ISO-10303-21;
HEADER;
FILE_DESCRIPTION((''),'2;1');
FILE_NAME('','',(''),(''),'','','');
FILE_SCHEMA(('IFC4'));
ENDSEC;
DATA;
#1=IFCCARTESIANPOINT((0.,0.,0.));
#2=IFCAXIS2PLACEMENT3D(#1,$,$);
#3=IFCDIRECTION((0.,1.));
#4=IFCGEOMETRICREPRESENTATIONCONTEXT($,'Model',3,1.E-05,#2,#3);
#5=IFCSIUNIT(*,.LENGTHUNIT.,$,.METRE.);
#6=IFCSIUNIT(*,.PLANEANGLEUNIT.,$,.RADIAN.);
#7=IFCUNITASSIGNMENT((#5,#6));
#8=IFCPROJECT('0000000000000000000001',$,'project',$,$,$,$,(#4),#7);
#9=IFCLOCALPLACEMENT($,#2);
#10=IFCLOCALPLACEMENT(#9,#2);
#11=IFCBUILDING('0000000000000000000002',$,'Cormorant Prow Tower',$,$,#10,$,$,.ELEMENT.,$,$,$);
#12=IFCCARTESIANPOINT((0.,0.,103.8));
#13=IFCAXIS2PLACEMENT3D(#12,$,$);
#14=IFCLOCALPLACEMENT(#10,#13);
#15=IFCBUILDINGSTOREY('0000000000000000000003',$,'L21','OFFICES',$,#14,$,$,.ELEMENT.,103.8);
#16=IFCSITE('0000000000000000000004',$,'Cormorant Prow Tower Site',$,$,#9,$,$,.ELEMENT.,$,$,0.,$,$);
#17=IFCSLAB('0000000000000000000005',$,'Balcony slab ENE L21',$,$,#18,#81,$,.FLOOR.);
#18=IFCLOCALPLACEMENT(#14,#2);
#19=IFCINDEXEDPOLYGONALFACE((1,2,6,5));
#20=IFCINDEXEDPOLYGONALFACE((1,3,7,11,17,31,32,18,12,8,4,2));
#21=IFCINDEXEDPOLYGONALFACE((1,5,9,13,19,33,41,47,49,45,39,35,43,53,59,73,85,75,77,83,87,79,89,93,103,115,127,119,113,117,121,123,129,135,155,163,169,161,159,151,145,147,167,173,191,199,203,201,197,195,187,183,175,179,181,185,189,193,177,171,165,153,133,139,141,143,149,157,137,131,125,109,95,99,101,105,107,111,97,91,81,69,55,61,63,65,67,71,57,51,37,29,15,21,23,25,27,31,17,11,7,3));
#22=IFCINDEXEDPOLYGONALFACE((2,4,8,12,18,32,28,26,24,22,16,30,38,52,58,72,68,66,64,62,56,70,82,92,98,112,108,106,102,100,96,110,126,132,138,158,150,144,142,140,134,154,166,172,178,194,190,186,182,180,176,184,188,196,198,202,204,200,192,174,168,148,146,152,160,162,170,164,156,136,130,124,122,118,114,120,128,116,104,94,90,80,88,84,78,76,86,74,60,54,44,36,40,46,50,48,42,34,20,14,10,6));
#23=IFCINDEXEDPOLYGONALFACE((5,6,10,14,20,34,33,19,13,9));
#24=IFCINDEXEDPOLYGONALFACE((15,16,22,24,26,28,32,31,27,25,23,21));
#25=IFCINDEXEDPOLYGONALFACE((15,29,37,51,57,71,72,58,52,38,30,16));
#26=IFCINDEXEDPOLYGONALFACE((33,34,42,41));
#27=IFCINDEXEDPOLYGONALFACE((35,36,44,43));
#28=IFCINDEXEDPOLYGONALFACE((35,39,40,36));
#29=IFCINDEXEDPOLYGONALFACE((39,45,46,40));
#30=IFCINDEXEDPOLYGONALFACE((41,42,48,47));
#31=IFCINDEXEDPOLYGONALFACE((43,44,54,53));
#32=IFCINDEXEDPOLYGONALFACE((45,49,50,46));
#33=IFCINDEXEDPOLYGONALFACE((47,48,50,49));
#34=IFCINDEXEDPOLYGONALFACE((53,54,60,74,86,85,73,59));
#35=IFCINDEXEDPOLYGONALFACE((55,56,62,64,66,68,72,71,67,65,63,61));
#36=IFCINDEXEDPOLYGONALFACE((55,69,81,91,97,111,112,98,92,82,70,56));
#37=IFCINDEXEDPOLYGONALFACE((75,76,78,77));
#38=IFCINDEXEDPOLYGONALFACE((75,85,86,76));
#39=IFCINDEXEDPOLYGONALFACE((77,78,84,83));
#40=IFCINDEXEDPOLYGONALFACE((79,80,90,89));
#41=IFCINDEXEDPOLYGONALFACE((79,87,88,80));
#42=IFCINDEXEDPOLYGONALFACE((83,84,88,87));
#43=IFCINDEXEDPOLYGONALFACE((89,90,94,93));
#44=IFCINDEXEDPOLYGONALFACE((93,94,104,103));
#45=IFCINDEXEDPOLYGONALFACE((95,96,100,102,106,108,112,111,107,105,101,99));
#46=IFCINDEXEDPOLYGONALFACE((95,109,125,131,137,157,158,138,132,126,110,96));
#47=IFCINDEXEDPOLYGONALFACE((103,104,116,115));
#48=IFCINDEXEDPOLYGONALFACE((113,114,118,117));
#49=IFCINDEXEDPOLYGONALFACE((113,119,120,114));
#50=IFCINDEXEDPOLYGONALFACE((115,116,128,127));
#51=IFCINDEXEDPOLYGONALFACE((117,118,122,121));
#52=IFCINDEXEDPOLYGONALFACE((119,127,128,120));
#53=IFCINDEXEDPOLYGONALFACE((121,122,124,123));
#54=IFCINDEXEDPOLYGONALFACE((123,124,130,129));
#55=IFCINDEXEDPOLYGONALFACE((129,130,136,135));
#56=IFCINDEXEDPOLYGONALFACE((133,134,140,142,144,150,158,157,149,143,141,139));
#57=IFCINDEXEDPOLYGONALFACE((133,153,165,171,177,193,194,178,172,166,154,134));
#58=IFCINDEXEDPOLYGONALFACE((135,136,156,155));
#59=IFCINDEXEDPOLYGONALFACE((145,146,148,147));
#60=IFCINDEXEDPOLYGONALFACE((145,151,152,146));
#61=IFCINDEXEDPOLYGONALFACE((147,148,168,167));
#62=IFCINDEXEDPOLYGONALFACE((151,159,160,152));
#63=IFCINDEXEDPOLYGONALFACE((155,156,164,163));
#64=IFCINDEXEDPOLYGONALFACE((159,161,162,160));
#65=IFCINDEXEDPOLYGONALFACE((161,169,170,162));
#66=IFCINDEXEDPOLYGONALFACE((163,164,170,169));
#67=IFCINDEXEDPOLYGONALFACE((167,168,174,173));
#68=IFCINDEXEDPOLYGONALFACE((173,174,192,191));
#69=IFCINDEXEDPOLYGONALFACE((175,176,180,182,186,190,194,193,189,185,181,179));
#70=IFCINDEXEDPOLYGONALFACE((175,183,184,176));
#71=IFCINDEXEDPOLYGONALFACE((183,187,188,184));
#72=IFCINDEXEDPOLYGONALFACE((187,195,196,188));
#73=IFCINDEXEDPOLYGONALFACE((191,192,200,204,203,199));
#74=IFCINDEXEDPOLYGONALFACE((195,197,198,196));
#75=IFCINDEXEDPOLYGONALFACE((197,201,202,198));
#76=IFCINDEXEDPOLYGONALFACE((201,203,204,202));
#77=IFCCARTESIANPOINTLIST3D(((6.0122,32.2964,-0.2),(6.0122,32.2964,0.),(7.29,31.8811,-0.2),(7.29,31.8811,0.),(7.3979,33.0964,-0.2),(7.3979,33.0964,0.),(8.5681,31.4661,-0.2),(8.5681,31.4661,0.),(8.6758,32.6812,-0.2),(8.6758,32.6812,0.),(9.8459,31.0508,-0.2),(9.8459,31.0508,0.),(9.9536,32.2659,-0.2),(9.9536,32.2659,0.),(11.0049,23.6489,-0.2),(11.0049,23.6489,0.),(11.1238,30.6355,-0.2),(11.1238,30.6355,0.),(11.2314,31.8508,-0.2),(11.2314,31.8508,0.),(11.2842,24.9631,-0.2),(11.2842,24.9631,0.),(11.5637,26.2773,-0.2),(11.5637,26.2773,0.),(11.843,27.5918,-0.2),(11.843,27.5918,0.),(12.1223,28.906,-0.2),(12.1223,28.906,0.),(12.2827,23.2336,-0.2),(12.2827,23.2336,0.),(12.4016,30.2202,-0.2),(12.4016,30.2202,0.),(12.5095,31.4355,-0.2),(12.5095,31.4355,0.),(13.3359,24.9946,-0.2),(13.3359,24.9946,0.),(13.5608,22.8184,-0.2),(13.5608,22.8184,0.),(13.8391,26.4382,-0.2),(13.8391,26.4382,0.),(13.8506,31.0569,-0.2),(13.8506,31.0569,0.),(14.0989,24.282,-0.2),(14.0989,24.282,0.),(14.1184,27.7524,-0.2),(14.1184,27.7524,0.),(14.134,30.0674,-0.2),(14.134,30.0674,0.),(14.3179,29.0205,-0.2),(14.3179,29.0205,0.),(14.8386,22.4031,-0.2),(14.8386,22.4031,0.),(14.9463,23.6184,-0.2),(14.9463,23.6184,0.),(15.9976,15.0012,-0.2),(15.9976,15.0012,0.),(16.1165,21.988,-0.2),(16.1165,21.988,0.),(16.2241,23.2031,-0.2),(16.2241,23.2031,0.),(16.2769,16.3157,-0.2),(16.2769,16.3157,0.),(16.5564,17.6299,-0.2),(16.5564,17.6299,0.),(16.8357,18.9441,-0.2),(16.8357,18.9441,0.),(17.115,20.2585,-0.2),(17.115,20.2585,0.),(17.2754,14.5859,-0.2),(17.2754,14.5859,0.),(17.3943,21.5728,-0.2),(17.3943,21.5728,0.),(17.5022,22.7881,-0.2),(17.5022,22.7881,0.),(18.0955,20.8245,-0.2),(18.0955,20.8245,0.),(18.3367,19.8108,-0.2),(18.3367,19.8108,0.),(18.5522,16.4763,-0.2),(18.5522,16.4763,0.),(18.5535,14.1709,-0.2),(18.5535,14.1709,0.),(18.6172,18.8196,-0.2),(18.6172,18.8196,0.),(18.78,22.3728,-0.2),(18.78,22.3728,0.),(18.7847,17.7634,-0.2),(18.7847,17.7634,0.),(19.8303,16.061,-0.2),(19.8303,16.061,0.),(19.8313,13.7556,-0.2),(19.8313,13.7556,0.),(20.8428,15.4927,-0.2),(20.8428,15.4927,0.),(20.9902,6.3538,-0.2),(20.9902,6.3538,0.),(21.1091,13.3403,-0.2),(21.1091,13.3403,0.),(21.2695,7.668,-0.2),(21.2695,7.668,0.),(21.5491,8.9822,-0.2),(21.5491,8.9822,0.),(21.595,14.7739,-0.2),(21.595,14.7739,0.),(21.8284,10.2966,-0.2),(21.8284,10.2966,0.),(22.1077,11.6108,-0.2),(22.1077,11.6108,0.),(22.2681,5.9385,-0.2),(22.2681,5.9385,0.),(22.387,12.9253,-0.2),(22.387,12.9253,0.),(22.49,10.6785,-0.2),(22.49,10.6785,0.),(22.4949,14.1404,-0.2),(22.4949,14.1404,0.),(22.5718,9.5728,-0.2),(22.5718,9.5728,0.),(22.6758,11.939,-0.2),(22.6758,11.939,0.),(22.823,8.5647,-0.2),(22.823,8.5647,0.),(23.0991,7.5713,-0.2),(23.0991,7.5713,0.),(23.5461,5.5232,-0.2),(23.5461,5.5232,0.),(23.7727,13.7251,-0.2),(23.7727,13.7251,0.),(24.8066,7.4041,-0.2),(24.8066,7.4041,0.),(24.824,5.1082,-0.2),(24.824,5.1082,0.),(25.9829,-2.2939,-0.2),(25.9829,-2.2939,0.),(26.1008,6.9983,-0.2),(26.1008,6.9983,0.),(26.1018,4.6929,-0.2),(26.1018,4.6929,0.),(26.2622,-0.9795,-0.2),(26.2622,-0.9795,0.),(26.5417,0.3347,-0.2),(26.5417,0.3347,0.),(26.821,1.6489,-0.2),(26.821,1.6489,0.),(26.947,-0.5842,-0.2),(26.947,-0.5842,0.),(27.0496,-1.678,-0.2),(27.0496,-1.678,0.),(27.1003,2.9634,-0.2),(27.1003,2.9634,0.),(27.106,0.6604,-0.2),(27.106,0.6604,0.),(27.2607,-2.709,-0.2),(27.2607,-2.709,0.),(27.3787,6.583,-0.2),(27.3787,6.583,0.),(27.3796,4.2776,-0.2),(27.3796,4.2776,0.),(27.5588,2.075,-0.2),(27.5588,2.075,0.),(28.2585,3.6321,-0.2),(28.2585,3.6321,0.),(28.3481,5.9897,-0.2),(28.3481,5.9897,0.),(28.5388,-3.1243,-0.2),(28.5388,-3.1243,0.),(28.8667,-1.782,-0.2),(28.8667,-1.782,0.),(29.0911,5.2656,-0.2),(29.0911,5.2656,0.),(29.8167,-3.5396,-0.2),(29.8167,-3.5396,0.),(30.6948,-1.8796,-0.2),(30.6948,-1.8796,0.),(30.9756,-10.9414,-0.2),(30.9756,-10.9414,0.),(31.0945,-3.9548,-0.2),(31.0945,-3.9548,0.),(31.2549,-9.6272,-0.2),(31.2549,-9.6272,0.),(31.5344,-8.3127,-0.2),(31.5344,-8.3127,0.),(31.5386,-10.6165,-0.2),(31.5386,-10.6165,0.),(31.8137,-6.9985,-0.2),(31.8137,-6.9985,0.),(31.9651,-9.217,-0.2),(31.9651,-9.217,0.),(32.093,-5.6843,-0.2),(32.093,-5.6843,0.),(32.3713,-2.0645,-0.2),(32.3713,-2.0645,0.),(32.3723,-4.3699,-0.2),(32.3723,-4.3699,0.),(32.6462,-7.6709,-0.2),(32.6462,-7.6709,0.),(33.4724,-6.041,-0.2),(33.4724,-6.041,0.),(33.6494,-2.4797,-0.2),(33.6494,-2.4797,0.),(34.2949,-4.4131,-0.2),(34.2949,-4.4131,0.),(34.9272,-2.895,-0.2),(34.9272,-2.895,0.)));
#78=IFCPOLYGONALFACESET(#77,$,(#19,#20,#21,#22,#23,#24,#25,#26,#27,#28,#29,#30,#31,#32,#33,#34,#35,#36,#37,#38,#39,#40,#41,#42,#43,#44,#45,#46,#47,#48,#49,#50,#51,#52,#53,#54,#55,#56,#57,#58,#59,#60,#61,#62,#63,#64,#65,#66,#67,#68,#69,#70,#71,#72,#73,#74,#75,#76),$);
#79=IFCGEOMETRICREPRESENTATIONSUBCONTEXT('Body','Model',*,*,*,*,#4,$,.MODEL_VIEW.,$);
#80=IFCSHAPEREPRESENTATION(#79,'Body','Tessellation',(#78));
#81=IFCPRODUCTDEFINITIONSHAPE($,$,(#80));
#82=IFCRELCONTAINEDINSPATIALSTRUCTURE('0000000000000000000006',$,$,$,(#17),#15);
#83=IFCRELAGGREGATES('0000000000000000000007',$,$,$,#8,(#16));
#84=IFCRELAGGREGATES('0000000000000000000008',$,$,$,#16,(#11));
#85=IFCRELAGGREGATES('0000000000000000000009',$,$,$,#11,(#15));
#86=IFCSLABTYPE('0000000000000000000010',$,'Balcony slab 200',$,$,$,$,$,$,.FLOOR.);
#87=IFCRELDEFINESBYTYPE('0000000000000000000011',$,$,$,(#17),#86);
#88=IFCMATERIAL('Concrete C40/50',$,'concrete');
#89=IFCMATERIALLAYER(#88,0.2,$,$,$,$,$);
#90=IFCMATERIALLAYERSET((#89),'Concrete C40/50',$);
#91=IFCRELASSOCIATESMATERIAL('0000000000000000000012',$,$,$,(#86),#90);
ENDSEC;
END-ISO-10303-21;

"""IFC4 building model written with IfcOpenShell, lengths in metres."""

from ifc_helpers import new_model, si_unit, direction, frame, origin, place, context, subcontext, project, spatial, polyline, outline, extrude, material, layer, layer_set, type_object, element, save


model = new_model("IFC4")

# Units and contexts
model_context = context("Model", 3, precision=1e-05, world=origin(), true_north=direction((0.0, 1.0)))
body_context = subcontext(model_context, "Body", "Model", "MODEL_VIEW")
ifc_project = project(units=[si_unit("LENGTHUNIT", "METRE"), si_unit("PLANEANGLEUNIT", "RADIAN")], contexts=[model_context])

# Site, building, storey
site_placement = place(None, origin())
site = spatial("IfcSite", under=ifc_project, at=site_placement, Name="Cormorant Prow Tower Site", CompositionType="ELEMENT", RefElevation=0.0)
building_placement = place(site_placement, origin())
building = spatial("IfcBuilding", under=site, at=building_placement, Name="Cormorant Prow Tower", CompositionType="ELEMENT")
storey_placement = place(building_placement, frame((0.0, 0.0, 103.8)))
storey = spatial("IfcBuildingStorey", under=building, at=storey_placement, Name="L21", Description="OFFICES", CompositionType="ELEMENT", Elevation=103.8)

# Slab
ifc_material_1 = material(Name="Concrete C40/50", Category="concrete")
ifc_layer_1 = layer(ifc_material_1, 0.2)
ifc_layer_set_1 = layer_set([ifc_layer_1], Name="Concrete C40/50")
slab_type_1 = type_object("IfcSlabType", Name="Balcony slab 200", PredefinedType="FLOOR", material=ifc_layer_set_1)
slab_1_placement = place(storey_placement, frame((0.0, 0.0, -0.2)))
element("IfcSlab", 1, at=slab_1_placement, inside=storey, type_object=slab_type_1, Name="Balcony slab ENE L21", PredefinedType="FLOOR", context=body_context, shape_type="SweptSolid", body=[
    extrude(outline(polyline([(30.9756, -10.9414), (31.5386, -10.6165), (31.9651, -9.217), (32.6462, -7.6709), (33.4724, -6.041), (34.2949, -4.4131), (34.9272, -2.895), (33.6494, -2.4797), (32.3713, -2.0645), (30.6948, -1.8796), (28.8667, -1.782), (27.0496, -1.678), (26.947, -0.5842), (27.106, 0.6604), (27.5588, 2.075), (28.2585, 3.6321), (29.0911, 5.2656), (28.3481, 5.9897), (27.3787, 6.583), (26.1008, 6.9983), (24.8066, 7.4041), (23.0991, 7.5713), (22.823, 8.5647), (22.5718, 9.5728), (22.49, 10.6785), (22.6758, 11.939), (23.7727, 13.7251), (22.4949, 14.1404), (21.595, 14.7739), (20.8428, 15.4927), (19.8303, 16.061), (18.5522, 16.4763), (18.7847, 17.7634), (18.6172, 18.8196), (18.3367, 19.8108), (18.0955, 20.8245), (18.78, 22.3728), (17.5022, 22.7881), (16.2241, 23.2031), (14.9463, 23.6184), (14.0989, 24.282), (13.3359, 24.9946), (13.8391, 26.4382), (14.1184, 27.7524), (14.3179, 29.0205), (14.134, 30.0674), (13.8506, 31.0569), (12.5095, 31.4355), (11.2314, 31.8508), (9.9536, 32.2659), (8.6758, 32.6812), (7.3979, 33.0964), (6.0122, 32.2964), (7.29, 31.8811), (8.5681, 31.4661), (9.8459, 31.0508), (11.1238, 30.6355), (12.4016, 30.2202), (12.1223, 28.906), (11.843, 27.5918), (11.5637, 26.2773), (11.2842, 24.9631), (11.0049, 23.6489), (12.2827, 23.2336), (13.5608, 22.8184), (14.8386, 22.4031), (16.1165, 21.988), (17.3943, 21.5728), (17.115, 20.2585), (16.8357, 18.9441), (16.5564, 17.6299), (16.2769, 16.3157), (15.9976, 15.0012), (17.2754, 14.5859), (18.5535, 14.1709), (19.8313, 13.7556), (21.1091, 13.3403), (22.387, 12.9253), (22.1077, 11.6108), (21.8284, 10.2966), (21.5491, 8.9822), (21.2695, 7.668), (20.9902, 6.3538), (22.2681, 5.9385), (23.5461, 5.5232), (24.824, 5.1082), (26.1018, 4.6929), (27.3796, 4.2776), (27.1003, 2.9634), (26.821, 1.6489), (26.5417, 0.3347), (26.2622, -0.9795), (25.9829, -2.2939), (27.2607, -2.709), (28.5388, -3.1243), (29.8167, -3.5396), (31.0945, -3.9548), (32.3723, -4.3699), (32.093, -5.6843), (31.8137, -6.9985), (31.5344, -8.3127), (31.2549, -9.6272), (30.9756, -10.9414)])), origin(), (0.0, 0.0, 1.0), 0.2),
])

save(model, "model.ifc")
